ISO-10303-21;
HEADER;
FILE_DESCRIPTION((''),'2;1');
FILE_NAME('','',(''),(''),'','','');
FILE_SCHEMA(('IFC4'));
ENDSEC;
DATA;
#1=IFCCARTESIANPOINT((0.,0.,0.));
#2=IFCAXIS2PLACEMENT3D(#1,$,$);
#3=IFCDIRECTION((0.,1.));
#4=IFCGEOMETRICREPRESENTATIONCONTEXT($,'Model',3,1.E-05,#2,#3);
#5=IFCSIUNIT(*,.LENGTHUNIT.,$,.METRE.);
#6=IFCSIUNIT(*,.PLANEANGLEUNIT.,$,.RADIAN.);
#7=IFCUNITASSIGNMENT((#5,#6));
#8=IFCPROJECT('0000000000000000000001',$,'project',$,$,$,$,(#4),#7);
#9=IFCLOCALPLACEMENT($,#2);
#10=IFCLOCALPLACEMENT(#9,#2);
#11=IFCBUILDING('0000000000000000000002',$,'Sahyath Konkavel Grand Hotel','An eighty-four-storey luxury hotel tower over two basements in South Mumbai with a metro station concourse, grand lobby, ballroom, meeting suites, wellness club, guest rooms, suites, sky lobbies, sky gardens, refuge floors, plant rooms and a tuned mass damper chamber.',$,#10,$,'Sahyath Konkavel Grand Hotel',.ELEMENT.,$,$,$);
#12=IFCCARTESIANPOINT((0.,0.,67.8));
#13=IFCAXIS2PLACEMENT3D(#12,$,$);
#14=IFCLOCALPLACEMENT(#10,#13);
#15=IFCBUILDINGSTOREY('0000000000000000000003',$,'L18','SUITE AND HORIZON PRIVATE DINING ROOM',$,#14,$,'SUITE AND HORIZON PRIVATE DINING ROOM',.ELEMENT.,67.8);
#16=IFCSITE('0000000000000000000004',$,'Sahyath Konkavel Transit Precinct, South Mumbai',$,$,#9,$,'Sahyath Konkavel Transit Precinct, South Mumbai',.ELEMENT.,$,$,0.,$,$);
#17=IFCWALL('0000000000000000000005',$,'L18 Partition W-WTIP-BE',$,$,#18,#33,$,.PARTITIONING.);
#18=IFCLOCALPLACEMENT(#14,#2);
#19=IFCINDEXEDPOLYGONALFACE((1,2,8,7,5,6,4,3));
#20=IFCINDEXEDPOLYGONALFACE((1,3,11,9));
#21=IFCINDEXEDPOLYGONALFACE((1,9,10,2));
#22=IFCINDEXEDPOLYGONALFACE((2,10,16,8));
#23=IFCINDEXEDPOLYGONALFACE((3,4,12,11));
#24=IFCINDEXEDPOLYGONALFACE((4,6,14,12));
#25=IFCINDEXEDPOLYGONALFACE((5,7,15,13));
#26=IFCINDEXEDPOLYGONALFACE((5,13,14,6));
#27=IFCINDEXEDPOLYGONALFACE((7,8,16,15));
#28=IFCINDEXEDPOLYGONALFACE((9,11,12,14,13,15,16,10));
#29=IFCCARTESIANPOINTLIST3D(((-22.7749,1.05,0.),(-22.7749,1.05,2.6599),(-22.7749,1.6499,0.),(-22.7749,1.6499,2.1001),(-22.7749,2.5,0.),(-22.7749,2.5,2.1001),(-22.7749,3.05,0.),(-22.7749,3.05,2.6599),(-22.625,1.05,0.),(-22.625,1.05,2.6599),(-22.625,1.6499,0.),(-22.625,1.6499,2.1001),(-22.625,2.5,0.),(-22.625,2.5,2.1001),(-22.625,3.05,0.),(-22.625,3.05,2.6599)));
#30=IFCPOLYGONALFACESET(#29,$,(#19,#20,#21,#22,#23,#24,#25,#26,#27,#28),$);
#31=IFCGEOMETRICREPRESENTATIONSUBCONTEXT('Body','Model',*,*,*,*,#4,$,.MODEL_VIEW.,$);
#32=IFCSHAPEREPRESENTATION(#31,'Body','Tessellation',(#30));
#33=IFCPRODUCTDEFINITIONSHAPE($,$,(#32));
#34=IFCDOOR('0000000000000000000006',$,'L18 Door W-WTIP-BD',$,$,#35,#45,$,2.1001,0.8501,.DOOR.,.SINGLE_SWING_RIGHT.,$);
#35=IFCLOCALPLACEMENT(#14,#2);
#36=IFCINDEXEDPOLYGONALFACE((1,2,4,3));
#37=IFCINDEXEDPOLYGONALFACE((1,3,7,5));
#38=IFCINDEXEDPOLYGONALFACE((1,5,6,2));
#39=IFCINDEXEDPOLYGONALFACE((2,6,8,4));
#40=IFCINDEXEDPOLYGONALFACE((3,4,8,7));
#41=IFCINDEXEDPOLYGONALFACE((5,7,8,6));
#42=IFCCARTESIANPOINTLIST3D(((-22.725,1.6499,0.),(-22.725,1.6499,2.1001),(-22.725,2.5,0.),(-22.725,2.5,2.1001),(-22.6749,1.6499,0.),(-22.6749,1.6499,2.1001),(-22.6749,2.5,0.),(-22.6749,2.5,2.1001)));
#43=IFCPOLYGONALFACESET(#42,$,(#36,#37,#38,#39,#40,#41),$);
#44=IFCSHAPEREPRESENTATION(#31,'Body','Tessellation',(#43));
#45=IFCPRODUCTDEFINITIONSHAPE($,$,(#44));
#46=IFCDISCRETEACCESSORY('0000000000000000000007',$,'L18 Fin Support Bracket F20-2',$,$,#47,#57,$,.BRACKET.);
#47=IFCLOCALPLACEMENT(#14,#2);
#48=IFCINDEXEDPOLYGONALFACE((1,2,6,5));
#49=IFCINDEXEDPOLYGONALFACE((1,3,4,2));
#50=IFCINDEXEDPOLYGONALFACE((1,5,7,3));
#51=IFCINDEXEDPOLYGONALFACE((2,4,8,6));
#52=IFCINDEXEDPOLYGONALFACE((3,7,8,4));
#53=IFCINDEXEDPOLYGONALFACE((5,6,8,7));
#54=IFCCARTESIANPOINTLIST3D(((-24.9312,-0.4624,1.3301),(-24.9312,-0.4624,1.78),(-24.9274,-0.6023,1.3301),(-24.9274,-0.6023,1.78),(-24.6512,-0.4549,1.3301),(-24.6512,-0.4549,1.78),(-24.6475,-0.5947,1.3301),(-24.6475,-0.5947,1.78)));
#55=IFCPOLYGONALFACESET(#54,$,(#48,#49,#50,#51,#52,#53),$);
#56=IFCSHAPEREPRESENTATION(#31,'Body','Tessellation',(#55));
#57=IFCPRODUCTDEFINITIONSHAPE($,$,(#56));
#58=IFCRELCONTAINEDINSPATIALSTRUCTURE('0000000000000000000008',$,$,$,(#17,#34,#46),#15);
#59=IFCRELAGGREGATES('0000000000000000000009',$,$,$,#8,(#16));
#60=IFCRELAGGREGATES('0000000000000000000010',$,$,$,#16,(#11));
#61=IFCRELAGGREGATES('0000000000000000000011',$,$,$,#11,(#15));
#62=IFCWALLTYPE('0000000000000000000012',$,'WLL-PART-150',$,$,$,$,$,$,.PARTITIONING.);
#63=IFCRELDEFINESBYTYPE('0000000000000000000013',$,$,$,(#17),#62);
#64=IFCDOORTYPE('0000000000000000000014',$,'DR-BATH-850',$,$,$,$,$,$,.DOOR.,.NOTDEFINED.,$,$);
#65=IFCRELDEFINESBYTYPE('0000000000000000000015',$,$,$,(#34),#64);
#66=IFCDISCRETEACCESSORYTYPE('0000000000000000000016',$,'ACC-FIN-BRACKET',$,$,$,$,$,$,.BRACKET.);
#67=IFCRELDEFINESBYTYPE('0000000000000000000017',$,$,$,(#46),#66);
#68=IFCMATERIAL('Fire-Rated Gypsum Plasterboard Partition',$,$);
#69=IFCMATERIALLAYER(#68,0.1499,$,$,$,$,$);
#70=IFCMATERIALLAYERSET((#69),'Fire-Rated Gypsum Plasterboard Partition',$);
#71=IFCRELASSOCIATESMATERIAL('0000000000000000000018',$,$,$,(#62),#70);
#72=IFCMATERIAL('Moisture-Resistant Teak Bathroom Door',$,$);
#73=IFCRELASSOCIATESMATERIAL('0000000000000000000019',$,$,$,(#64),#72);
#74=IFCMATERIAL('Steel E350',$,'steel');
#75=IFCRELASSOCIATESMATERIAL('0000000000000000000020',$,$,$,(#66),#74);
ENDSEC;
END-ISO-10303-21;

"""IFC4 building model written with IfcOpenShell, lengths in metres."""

from ifc_helpers import new_model, si_unit, direction, frame, frame_2d, origin, origin_2d, place, context, subcontext, project, spatial, rectangle, extrude, source, transform, mapped, material, layer, layer_set, type_object, element, fill, save


model = new_model("IFC4")

# Units and contexts
model_context = context("Model", 3, precision=1e-05, world=origin(), true_north=direction((0.0, 1.0)))
body_context = subcontext(model_context, "Body", "Model", "MODEL_VIEW")
ifc_project = project(units=[si_unit("LENGTHUNIT", "METRE"), si_unit("PLANEANGLEUNIT", "RADIAN")], contexts=[model_context])

# Site, building, storey
site_placement = place(None, origin())
site = spatial("IfcSite", under=ifc_project, at=site_placement, Name="Sahyath Konkavel Transit Precinct, South Mumbai", LongName="Sahyath Konkavel Transit Precinct, South Mumbai", CompositionType="ELEMENT", RefElevation=0.0)
building_placement = place(site_placement, origin())
building = spatial("IfcBuilding", under=site, at=building_placement, Name="Sahyath Konkavel Grand Hotel", Description="An eighty-four-storey luxury hotel tower over two basements in South Mumbai with a metro station concourse, grand lobby, ballroom, meeting suites, wellness club, guest rooms, suites, sky lobbies, sky gardens, refuge floors, plant rooms and a tuned mass damper chamber.", LongName="Sahyath Konkavel Grand Hotel", CompositionType="ELEMENT")
storey_placement = place(building_placement, frame((0.0, 0.0, 67.8)))
storey = spatial("IfcBuildingStorey", under=building, at=storey_placement, Name="L18", Description="SUITE AND HORIZON PRIVATE DINING ROOM", LongName="SUITE AND HORIZON PRIVATE DINING ROOM", CompositionType="ELEMENT", Elevation=67.8)

# Shared definitions
ifc_material_1 = material(Name="Steel E350", Category="steel")

# Shared definitions
shared_shape_1 = source(origin(), body_context, "Body", "SweptSolid", [
    extrude(rectangle(XDim=0.8501, YDim=0.05, at=origin_2d()), origin(), (0.0, 0.0, 1.0), 2.1001),
])

# Shared definitions
ifc_material_2 = material(Name="Fire-Rated Gypsum Plasterboard Partition")
ifc_layer_1 = layer(ifc_material_2, 0.1499)
ifc_layer_set_1 = layer_set([ifc_layer_1], Name="Fire-Rated Gypsum Plasterboard Partition")
wall_type_1 = type_object("IfcWallType", Name="WLL-PART-150", PredefinedType="PARTITIONING", material=ifc_layer_set_1)

# Wall, opening, door
wall_1_placement = place(storey_placement, frame((-22.7, 3.05, 0.0), z_axis=(0.0, 0.0, 1.0), x_axis=(0.0, -1.0, 0.0)))
wall_1 = element("IfcWall", 1, at=wall_1_placement, inside=storey, type_object=wall_type_1, Name="L18 Partition W-WTIP-BE", PredefinedType="PARTITIONING", context=body_context, shape_type="SweptSolid", body=[
    extrude(rectangle(XDim=2.0, YDim=0.1499, at=frame_2d((1.0, 0.0))), origin(), (0.0, 0.0, 1.0), 2.6599),
])
opening_1_placement = place(wall_1_placement, frame((0.55, 0.0, 0.0)))
opening_1 = element("IfcOpeningElement", 2, at=opening_1_placement, cuts=wall_1, PredefinedType="OPENING", context=body_context, shape_type="SweptSolid", body=[
    extrude(rectangle(XDim=0.8501, YDim=2.1001, at=frame_2d((0.425, 1.05))), frame((0.0, 0.085, 0.0), z_axis=(0.0, -1.0, 0.0), x_axis=(1.0, 0.0, 0.0)), (0.0, 0.0, 1.0), 0.1699),
])
ifc_material_3 = material(Name="Moisture-Resistant Teak Bathroom Door")
door_type_1 = type_object("IfcDoorType", Name="DR-BATH-850", OperationType="NOTDEFINED", PredefinedType="DOOR", material=ifc_material_3)
door_1_placement = place(opening_1_placement, frame((0.425, 0.0, 0.0)))
door_1 = element("IfcDoor", 3, at=door_1_placement, inside=storey, type_object=door_type_1, Name="L18 Door W-WTIP-BD", OperationType="SINGLE_SWING_RIGHT", OverallHeight=2.1001, OverallWidth=0.8501, PredefinedType="DOOR", context=body_context, shape_type="MappedRepresentation", body=[
    mapped(shared_shape_1, transform((0.0, 0.0, 0.0), scale=1.0)),
])
fill(opening_1, door_1)

# Discrete accessory
discrete_accessory_type = type_object("IfcDiscreteAccessoryType", Name="ACC-FIN-BRACKET", PredefinedType="BRACKET", material=ifc_material_1)
shared_shape_2 = source(origin(), body_context, "Body", "SweptSolid", [
    extrude(rectangle(XDim=0.28, YDim=0.1399, at=origin_2d()), origin(), (0.0, 0.0, 1.0), 0.45),
])
discrete_accessory_placement = place(storey_placement, frame((-24.7893, -0.5286, 1.3301), z_axis=(0.0, 0.0, 1.0), x_axis=(-0.999638, -0.02691, 0.0)))
element("IfcDiscreteAccessory", 4, at=discrete_accessory_placement, inside=storey, type_object=discrete_accessory_type, Name="L18 Fin Support Bracket F20-2", PredefinedType="BRACKET", context=body_context, shape_type="MappedRepresentation", body=[
    mapped(shared_shape_2, transform((0.0, 0.0, 0.0), scale=1.0)),
])

save(model, "model.ifc")
